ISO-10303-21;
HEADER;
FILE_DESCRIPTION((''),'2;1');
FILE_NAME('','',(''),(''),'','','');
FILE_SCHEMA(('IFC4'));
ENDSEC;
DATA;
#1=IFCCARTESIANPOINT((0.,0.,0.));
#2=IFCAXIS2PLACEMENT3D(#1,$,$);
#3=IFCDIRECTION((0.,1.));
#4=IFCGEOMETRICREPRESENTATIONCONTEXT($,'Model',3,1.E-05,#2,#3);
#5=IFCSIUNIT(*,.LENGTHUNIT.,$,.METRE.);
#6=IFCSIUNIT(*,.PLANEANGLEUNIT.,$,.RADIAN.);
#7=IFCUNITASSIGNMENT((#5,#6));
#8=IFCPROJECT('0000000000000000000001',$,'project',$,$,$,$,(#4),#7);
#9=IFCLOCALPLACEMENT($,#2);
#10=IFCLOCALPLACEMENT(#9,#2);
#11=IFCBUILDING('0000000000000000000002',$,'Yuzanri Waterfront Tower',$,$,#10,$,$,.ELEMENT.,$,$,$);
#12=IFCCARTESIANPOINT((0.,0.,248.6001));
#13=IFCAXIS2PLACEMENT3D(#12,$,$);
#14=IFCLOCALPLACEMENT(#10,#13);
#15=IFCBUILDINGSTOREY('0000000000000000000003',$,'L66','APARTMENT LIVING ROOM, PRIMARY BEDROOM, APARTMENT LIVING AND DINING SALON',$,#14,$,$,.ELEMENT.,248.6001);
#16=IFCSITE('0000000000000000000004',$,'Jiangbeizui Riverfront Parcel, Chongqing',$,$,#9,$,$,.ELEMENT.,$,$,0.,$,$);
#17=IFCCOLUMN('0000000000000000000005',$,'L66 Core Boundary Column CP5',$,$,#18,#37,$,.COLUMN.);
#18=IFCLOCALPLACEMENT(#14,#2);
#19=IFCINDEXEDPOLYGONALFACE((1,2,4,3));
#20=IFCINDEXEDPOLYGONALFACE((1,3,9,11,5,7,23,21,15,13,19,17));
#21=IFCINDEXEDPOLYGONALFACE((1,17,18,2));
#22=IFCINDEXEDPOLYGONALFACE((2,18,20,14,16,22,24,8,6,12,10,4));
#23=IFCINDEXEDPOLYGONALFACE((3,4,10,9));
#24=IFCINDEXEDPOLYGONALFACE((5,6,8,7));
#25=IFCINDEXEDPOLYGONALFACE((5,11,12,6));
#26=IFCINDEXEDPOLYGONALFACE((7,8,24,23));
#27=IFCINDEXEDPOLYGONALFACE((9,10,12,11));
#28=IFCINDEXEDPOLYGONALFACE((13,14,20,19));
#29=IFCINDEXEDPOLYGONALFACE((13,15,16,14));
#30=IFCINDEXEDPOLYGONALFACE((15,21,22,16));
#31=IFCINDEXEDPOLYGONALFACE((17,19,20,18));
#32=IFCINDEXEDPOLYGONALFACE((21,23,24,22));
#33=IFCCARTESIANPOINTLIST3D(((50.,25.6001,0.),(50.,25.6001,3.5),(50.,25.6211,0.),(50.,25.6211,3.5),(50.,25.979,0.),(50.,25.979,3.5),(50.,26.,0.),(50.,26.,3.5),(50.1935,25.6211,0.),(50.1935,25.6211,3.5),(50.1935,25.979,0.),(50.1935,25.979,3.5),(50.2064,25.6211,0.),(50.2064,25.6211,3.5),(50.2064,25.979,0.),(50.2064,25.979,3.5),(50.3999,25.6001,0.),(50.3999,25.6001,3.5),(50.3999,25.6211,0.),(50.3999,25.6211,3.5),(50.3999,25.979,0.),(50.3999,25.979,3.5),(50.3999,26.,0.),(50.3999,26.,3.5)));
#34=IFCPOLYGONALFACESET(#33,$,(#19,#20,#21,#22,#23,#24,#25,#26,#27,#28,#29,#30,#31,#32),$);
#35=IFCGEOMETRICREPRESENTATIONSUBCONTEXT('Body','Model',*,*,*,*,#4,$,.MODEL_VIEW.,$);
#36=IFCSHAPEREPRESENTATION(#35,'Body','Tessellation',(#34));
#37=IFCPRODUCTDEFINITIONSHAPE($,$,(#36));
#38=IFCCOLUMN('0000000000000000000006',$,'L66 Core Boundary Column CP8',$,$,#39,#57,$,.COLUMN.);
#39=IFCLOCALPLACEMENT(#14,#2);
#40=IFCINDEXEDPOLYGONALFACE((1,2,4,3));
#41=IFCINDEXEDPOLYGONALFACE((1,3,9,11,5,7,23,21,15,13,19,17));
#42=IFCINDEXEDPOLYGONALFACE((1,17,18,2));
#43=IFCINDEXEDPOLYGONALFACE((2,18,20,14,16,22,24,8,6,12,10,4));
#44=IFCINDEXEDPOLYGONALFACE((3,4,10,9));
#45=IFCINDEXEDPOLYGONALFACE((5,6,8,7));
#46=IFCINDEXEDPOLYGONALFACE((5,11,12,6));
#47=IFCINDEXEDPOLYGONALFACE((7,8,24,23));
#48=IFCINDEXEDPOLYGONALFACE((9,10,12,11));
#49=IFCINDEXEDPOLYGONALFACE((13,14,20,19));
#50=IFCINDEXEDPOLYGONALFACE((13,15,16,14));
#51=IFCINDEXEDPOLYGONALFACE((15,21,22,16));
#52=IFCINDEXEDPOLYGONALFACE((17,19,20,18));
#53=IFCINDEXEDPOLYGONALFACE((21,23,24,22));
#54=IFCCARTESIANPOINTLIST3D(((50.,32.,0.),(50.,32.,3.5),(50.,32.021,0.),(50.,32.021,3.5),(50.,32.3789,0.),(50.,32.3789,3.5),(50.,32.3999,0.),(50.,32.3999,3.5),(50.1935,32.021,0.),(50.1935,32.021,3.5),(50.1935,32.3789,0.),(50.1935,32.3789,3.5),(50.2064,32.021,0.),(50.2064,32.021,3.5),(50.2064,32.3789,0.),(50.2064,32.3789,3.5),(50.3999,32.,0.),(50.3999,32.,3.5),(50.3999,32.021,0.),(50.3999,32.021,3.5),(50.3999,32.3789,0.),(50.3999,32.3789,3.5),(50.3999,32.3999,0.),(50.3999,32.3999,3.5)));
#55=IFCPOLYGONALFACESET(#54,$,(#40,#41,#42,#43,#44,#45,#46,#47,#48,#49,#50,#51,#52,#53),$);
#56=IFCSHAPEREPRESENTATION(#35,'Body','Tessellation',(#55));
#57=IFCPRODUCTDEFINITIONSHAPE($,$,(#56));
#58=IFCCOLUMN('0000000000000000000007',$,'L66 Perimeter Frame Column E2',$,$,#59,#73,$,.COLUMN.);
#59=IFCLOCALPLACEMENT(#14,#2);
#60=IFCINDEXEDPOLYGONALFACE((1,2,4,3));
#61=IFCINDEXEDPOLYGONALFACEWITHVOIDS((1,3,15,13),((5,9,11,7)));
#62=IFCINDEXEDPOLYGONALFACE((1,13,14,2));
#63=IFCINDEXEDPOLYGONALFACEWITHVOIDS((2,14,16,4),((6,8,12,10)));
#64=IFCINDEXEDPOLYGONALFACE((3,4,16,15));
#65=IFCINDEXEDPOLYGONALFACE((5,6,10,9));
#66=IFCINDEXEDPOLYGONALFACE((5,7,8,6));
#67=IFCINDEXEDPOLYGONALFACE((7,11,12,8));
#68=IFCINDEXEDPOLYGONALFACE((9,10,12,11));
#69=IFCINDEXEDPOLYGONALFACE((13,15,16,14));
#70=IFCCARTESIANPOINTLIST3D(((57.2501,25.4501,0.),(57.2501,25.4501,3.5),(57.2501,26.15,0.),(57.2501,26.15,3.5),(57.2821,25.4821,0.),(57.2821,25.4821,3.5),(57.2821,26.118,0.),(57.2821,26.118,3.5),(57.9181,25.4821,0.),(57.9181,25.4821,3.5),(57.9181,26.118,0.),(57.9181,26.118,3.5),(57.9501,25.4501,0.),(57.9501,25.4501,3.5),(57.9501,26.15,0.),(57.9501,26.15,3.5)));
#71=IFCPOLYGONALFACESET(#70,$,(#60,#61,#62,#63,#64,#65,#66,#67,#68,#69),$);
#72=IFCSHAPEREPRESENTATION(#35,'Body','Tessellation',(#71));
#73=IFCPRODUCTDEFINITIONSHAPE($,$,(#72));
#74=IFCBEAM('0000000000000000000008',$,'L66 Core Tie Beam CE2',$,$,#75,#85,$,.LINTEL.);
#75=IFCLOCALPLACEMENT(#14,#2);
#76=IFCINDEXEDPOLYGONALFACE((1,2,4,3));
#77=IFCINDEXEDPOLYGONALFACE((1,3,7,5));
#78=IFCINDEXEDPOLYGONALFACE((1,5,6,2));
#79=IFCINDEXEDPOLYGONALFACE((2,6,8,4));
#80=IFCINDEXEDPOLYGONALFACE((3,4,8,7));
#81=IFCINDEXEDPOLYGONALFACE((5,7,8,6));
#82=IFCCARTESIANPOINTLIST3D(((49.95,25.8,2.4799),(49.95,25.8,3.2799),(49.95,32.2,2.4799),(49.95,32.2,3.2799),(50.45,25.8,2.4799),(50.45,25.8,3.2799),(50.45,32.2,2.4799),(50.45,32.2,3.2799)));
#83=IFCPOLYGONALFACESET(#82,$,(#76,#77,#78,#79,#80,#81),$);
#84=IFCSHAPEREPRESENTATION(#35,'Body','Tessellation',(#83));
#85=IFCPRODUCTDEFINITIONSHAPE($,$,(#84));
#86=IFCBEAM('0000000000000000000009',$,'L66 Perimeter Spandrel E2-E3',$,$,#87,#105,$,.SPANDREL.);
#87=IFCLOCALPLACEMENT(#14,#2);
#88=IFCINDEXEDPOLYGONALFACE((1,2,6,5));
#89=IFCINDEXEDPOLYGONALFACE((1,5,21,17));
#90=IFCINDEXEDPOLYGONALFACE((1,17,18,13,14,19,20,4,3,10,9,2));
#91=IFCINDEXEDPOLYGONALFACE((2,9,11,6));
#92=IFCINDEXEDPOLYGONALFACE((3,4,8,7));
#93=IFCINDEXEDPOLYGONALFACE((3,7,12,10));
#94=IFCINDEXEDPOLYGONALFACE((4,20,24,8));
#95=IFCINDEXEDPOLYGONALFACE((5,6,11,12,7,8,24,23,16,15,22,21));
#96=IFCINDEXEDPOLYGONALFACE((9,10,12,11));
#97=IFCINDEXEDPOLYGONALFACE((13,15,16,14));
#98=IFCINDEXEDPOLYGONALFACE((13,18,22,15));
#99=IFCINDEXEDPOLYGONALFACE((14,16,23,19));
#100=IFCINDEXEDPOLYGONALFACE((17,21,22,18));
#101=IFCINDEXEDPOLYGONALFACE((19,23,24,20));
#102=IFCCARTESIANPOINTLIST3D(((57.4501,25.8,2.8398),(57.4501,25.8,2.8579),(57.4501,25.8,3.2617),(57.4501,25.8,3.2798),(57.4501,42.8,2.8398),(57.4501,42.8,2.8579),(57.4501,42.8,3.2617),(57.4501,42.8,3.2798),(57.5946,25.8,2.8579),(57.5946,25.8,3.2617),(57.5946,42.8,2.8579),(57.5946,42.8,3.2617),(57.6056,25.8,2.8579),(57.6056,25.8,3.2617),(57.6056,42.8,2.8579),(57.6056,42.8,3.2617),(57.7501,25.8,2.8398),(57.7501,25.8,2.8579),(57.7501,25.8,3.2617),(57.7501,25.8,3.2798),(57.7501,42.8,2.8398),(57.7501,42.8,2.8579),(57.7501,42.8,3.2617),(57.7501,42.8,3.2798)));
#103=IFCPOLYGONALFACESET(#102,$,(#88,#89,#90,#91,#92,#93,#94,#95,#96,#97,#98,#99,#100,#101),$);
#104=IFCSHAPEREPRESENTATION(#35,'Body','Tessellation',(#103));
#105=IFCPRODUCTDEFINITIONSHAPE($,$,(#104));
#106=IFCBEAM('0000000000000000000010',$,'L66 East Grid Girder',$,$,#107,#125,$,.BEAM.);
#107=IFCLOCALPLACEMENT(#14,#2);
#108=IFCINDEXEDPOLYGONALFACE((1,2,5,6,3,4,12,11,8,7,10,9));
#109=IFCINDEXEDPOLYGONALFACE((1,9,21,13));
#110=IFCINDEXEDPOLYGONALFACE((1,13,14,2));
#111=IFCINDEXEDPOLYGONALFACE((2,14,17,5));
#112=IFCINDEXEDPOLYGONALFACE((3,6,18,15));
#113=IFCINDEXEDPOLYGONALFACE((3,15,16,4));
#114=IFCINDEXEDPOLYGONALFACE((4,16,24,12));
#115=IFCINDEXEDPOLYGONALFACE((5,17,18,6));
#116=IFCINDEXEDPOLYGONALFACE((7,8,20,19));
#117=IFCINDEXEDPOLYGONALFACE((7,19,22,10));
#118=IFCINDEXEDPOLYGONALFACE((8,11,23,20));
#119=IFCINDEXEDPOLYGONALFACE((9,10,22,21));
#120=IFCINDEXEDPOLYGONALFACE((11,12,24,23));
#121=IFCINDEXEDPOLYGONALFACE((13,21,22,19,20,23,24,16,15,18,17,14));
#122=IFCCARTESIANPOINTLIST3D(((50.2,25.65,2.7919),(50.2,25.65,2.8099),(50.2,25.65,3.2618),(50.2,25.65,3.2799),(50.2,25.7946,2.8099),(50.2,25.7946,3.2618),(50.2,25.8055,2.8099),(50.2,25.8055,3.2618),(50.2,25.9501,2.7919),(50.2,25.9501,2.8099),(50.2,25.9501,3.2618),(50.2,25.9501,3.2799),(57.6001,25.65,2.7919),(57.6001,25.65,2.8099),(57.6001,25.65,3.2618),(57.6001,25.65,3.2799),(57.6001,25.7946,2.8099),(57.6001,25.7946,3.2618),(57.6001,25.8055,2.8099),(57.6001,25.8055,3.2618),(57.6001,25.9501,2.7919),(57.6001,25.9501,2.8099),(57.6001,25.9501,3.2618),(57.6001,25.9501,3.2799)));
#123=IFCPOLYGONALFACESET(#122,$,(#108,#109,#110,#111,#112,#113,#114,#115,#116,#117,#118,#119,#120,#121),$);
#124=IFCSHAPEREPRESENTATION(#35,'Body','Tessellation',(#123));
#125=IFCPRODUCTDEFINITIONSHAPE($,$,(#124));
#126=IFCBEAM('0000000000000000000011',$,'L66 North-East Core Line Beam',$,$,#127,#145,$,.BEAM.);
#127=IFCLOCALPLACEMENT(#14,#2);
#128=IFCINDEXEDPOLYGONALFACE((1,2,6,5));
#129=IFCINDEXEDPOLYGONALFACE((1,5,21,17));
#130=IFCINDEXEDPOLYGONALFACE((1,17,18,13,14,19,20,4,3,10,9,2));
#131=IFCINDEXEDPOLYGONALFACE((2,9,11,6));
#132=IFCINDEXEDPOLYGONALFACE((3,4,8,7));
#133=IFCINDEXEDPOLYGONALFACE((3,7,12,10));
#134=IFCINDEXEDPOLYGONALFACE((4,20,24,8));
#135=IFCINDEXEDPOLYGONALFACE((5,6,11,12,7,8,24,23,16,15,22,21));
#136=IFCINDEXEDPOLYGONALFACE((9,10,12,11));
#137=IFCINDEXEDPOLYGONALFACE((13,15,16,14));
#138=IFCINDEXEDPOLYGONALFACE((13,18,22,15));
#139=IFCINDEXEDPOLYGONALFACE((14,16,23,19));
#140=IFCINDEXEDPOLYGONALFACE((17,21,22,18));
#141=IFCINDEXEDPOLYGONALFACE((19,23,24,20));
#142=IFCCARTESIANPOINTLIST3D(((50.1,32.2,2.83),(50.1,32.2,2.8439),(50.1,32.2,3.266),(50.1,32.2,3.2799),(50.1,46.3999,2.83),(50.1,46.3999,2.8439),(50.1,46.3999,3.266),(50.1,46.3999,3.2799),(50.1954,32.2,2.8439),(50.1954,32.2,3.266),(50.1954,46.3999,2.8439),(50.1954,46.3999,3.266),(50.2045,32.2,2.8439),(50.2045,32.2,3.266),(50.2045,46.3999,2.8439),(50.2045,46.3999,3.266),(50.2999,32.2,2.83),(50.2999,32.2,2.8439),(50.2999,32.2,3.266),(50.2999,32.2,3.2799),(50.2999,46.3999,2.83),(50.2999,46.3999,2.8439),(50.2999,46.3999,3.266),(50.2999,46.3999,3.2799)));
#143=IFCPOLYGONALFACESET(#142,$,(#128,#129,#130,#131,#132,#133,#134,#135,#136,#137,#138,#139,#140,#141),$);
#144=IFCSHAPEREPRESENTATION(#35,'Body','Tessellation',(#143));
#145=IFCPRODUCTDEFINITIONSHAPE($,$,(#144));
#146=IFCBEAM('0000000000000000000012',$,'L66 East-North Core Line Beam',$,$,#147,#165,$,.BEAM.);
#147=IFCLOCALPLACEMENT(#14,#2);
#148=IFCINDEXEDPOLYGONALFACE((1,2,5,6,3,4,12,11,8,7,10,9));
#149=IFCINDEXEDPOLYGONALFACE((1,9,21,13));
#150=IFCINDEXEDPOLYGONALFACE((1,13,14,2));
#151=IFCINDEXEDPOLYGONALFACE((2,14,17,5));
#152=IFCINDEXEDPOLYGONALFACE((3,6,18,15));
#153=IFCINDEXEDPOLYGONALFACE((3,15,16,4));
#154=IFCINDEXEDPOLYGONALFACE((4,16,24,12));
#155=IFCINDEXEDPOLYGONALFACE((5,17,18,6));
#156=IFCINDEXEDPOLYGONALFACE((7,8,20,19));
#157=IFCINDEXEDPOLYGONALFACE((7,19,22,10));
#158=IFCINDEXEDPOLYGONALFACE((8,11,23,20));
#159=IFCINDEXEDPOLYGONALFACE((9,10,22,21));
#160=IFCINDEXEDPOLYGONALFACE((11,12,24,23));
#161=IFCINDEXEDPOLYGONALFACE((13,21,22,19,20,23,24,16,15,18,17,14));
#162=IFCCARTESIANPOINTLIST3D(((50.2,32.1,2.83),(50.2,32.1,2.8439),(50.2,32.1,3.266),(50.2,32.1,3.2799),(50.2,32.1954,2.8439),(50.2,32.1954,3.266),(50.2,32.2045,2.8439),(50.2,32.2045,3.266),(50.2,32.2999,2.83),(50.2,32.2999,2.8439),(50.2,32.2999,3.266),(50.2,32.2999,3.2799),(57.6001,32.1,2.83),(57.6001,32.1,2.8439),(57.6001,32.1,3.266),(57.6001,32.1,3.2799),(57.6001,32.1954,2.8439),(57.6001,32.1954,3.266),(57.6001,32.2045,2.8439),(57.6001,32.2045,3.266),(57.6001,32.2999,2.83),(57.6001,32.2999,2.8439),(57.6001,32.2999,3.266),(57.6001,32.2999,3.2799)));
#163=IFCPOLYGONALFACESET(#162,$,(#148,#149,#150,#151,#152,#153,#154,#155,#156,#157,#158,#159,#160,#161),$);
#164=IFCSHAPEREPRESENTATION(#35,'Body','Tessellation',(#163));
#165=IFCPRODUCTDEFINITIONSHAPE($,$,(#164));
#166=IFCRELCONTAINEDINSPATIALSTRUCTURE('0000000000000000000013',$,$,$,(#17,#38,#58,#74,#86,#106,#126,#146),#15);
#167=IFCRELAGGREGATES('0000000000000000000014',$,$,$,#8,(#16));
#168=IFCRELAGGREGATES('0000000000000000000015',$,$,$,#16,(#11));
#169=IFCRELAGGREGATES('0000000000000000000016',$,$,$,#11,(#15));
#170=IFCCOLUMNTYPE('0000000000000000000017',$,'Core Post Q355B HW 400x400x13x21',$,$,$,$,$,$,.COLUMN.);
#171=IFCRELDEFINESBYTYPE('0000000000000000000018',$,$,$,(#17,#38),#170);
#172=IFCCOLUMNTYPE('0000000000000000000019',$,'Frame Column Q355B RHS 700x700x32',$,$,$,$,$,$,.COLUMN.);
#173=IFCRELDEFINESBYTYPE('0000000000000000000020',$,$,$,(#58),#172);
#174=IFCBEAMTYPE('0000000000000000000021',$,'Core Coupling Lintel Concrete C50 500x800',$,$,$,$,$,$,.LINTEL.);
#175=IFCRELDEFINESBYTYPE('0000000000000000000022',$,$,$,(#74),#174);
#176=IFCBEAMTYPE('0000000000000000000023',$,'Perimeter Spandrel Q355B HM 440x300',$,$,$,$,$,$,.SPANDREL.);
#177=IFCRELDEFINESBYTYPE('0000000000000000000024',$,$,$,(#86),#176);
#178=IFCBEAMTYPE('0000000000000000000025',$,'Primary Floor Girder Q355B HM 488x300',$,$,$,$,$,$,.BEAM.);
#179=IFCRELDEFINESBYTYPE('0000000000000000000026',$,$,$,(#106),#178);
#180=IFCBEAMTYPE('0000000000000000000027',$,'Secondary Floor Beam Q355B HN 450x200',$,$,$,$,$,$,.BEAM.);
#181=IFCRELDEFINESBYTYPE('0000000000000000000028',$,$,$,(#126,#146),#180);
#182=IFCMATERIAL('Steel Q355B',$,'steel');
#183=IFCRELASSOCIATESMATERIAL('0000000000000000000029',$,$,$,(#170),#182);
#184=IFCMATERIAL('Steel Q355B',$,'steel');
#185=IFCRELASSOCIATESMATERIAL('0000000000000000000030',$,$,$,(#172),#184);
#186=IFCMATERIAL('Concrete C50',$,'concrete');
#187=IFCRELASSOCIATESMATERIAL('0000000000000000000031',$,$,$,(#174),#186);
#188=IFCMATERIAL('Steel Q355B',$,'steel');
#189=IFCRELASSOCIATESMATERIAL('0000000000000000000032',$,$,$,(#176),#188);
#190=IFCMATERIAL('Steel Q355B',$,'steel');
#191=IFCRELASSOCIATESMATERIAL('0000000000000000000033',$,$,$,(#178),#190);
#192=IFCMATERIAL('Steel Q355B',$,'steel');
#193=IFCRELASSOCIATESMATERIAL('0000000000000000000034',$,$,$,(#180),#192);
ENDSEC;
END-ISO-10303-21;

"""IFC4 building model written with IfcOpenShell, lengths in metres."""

from ifc_helpers import new_model, si_unit, direction, frame, origin, origin_2d, place, context, subcontext, project, spatial, rectangle, hollow_rectangle, i_section, extrude, source, transform, mapped, material, material_profile, profile_set, type_object, element, save


model = new_model("IFC4")

# Units and contexts
model_context = context("Model", 3, precision=1e-05, world=origin(), true_north=direction((0.0, 1.0)))
body_context = subcontext(model_context, "Body", "Model", "MODEL_VIEW")
ifc_project = project(units=[si_unit("LENGTHUNIT", "METRE"), si_unit("PLANEANGLEUNIT", "RADIAN")], contexts=[model_context])

# Site, building, storey
site_placement = place(None, origin())
site = spatial("IfcSite", under=ifc_project, at=site_placement, Name="Jiangbeizui Riverfront Parcel, Chongqing", CompositionType="ELEMENT", RefElevation=0.0)
building_placement = place(site_placement, origin())
building = spatial("IfcBuilding", under=site, at=building_placement, Name="Yuzanri Waterfront Tower", CompositionType="ELEMENT")
storey_placement = place(building_placement, frame((0.0, 0.0, 248.6001)))
storey = spatial("IfcBuildingStorey", under=building, at=storey_placement, Name="L66", Description="APARTMENT LIVING ROOM, PRIMARY BEDROOM, APARTMENT LIVING AND DINING SALON", CompositionType="ELEMENT", Elevation=248.6001)

# Columns
ifc_material_1 = material(Name="Steel Q355B", Category="steel")
ifc_material_profile_1 = material_profile(ifc_material_1, i_section(OverallWidth=0.3999, OverallDepth=0.3999, WebThickness=0.0129, FlangeThickness=0.021, at=origin_2d()), Name="HW 400x400x13x21")
ifc_profile_set_1 = profile_set([ifc_material_profile_1], Name="Steel Q355B")
column_type_1 = type_object("IfcColumnType", Name="Core Post Q355B HW 400x400x13x21", PredefinedType="COLUMN", material=ifc_profile_set_1)
shared_shape_1 = source(origin(), body_context, "Body", "SweptSolid", [
    extrude(i_section(OverallWidth=0.3999, OverallDepth=0.3999, WebThickness=0.0129, FlangeThickness=0.021, at=origin_2d()), origin(), (0.0, 0.0, 1.0), 3.5),
])
for number, where, z_axis, x_axis, name in (
    (1, (50.2, 25.8, 0.0), (0.0, 0.0, 1.0), (1.0, 0.0, 0.0), "L66 Core Boundary Column CP5"),
    (2, (50.2, 32.2, 0.0), (0.0, 0.0, 1.0), (1.0, 0.0, 0.0), "L66 Core Boundary Column CP8"),
):
    element("IfcColumn", number, at=place(storey_placement, frame(where, z_axis=z_axis, x_axis=x_axis)), inside=storey, type_object=column_type_1, Name=name, PredefinedType="COLUMN", context=body_context, shape_type="MappedRepresentation", body=[
        mapped(shared_shape_1, transform((0.0, 0.0, 0.0), scale=1.0)),
    ])
ifc_material_2 = material(Name="Steel Q355B", Category="steel")
ifc_material_profile_2 = material_profile(ifc_material_2, hollow_rectangle(XDim=0.7, YDim=0.7, WallThickness=0.032, at=origin_2d()), Name="RHS 700x700x32")
ifc_profile_set_2 = profile_set([ifc_material_profile_2], Name="Steel Q355B")
column_type_2 = type_object("IfcColumnType", Name="Frame Column Q355B RHS 700x700x32", PredefinedType="COLUMN", material=ifc_profile_set_2)
shared_shape_2 = source(origin(), body_context, "Body", "SweptSolid", [
    extrude(hollow_rectangle(XDim=0.7, YDim=0.7, WallThickness=0.032, at=origin_2d()), origin(), (0.0, 0.0, 1.0), 3.5),
])
column_placement = place(storey_placement, frame((57.6001, 25.8, 0.0), z_axis=(0.0, 0.0, 1.0), x_axis=(1.0, 0.0, 0.0)))
element("IfcColumn", 3, at=column_placement, inside=storey, type_object=column_type_2, Name="L66 Perimeter Frame Column E2", PredefinedType="COLUMN", context=body_context, shape_type="MappedRepresentation", body=[
    mapped(shared_shape_2, transform((0.0, 0.0, 0.0), scale=1.0)),
])

# Beams
ifc_material_3 = material(Name="Concrete C50", Category="concrete")
ifc_material_profile_3 = material_profile(ifc_material_3, rectangle(XDim=0.5, YDim=0.8, at=origin_2d()), Name="RC 500x800")
ifc_profile_set_3 = profile_set([ifc_material_profile_3], Name="Concrete C50")
beam_type_1 = type_object("IfcBeamType", Name="Core Coupling Lintel Concrete C50 500x800", PredefinedType="LINTEL", material=ifc_profile_set_3)
shared_shape_3 = source(origin(), body_context, "Body", "SweptSolid", [
    extrude(rectangle(XDim=0.5, YDim=0.8, at=origin_2d()), origin(), (0.0, 0.0, 1.0), 6.3999),
])
beam_1_placement = place(storey_placement, frame((50.2, 25.8, 2.8799), z_axis=(0.0, 1.0, 0.0), x_axis=(-1.0, 0.0, 0.0)))
element("IfcBeam", 4, at=beam_1_placement, inside=storey, type_object=beam_type_1, Name="L66 Core Tie Beam CE2", PredefinedType="LINTEL", context=body_context, shape_type="MappedRepresentation", body=[
    mapped(shared_shape_3, transform((0.0, 0.0, 0.0), scale=1.0)),
])
ifc_material_4 = material(Name="Steel Q355B", Category="steel")
ifc_material_profile_4 = material_profile(ifc_material_4, i_section(OverallWidth=0.3, OverallDepth=0.4399, WebThickness=0.011, FlangeThickness=0.0181, at=origin_2d()), Name="HM 440x300x11x18")
ifc_profile_set_4 = profile_set([ifc_material_profile_4], Name="Steel Q355B")
beam_type_2 = type_object("IfcBeamType", Name="Perimeter Spandrel Q355B HM 440x300", PredefinedType="SPANDREL", material=ifc_profile_set_4)
shared_shape_4 = source(origin(), body_context, "Body", "SweptSolid", [
    extrude(i_section(OverallWidth=0.3, OverallDepth=0.4399, WebThickness=0.011, FlangeThickness=0.0181, at=origin_2d()), origin(), (0.0, 0.0, 1.0), 17.0),
])
beam_2_placement = place(storey_placement, frame((57.6001, 25.8, 3.0598), z_axis=(0.0, 1.0, 0.0), x_axis=(-1.0, 0.0, 0.0)))
element("IfcBeam", 5, at=beam_2_placement, inside=storey, type_object=beam_type_2, Name="L66 Perimeter Spandrel E2-E3", PredefinedType="SPANDREL", context=body_context, shape_type="MappedRepresentation", body=[
    mapped(shared_shape_4, transform((0.0, 0.0, 0.0), scale=1.0)),
])
ifc_material_5 = material(Name="Steel Q355B", Category="steel")
ifc_material_profile_5 = material_profile(ifc_material_5, i_section(OverallWidth=0.3, OverallDepth=0.488, WebThickness=0.011, FlangeThickness=0.0181, at=origin_2d()), Name="HM 488x300x11x18")
ifc_profile_set_5 = profile_set([ifc_material_profile_5], Name="Steel Q355B")
beam_type_3 = type_object("IfcBeamType", Name="Primary Floor Girder Q355B HM 488x300", PredefinedType="BEAM", material=ifc_profile_set_5)
shared_shape_5 = source(origin(), body_context, "Body", "SweptSolid", [
    extrude(i_section(OverallWidth=0.3, OverallDepth=0.488, WebThickness=0.011, FlangeThickness=0.0181, at=origin_2d()), origin(), (0.0, 0.0, 1.0), 7.4001),
])
beam_3_placement = place(storey_placement, frame((50.2, 25.8, 3.0359), z_axis=(1.0, 0.0, 0.0), x_axis=(0.0, 1.0, 0.0)))
element("IfcBeam", 6, at=beam_3_placement, inside=storey, type_object=beam_type_3, Name="L66 East Grid Girder", PredefinedType="BEAM", context=body_context, shape_type="MappedRepresentation", body=[
    mapped(shared_shape_5, transform((0.0, 0.0, 0.0), scale=1.0)),
])
ifc_material_6 = material(Name="Steel Q355B", Category="steel")
ifc_material_profile_6 = material_profile(ifc_material_6, i_section(OverallWidth=0.2, OverallDepth=0.45, WebThickness=0.009, FlangeThickness=0.0139, at=origin_2d()), Name="HN 450x200x9x14")
ifc_profile_set_6 = profile_set([ifc_material_profile_6], Name="Steel Q355B")
beam_type_4 = type_object("IfcBeamType", Name="Secondary Floor Beam Q355B HN 450x200", PredefinedType="BEAM", material=ifc_profile_set_6)
shared_shape_6 = source(origin(), body_context, "Body", "SweptSolid", [
    extrude(i_section(OverallWidth=0.2, OverallDepth=0.45, WebThickness=0.009, FlangeThickness=0.0139, at=origin_2d()), origin(), (0.0, 0.0, 1.0), 14.2),
])
beam_4_placement = place(storey_placement, frame((50.2, 32.2, 3.0549), z_axis=(0.0, 1.0, 0.0), x_axis=(-1.0, 0.0, 0.0)))
element("IfcBeam", 7, at=beam_4_placement, inside=storey, type_object=beam_type_4, Name="L66 North-East Core Line Beam", PredefinedType="BEAM", context=body_context, shape_type="MappedRepresentation", body=[
    mapped(shared_shape_6, transform((0.0, 0.0, 0.0), scale=1.0)),
])
shared_shape_7 = source(origin(), body_context, "Body", "SweptSolid", [
    extrude(i_section(OverallWidth=0.2, OverallDepth=0.45, WebThickness=0.009, FlangeThickness=0.0139, at=origin_2d()), origin(), (0.0, 0.0, 1.0), 7.4001),
])
beam_5_placement = place(storey_placement, frame((50.2, 32.2, 3.0549), z_axis=(1.0, 0.0, 0.0), x_axis=(0.0, 1.0, 0.0)))
element("IfcBeam", 8, at=beam_5_placement, inside=storey, type_object=beam_type_4, Name="L66 East-North Core Line Beam", PredefinedType="BEAM", context=body_context, shape_type="MappedRepresentation", body=[
    mapped(shared_shape_7, transform((0.0, 0.0, 0.0), scale=1.0)),
])

save(model, "model.ifc")
